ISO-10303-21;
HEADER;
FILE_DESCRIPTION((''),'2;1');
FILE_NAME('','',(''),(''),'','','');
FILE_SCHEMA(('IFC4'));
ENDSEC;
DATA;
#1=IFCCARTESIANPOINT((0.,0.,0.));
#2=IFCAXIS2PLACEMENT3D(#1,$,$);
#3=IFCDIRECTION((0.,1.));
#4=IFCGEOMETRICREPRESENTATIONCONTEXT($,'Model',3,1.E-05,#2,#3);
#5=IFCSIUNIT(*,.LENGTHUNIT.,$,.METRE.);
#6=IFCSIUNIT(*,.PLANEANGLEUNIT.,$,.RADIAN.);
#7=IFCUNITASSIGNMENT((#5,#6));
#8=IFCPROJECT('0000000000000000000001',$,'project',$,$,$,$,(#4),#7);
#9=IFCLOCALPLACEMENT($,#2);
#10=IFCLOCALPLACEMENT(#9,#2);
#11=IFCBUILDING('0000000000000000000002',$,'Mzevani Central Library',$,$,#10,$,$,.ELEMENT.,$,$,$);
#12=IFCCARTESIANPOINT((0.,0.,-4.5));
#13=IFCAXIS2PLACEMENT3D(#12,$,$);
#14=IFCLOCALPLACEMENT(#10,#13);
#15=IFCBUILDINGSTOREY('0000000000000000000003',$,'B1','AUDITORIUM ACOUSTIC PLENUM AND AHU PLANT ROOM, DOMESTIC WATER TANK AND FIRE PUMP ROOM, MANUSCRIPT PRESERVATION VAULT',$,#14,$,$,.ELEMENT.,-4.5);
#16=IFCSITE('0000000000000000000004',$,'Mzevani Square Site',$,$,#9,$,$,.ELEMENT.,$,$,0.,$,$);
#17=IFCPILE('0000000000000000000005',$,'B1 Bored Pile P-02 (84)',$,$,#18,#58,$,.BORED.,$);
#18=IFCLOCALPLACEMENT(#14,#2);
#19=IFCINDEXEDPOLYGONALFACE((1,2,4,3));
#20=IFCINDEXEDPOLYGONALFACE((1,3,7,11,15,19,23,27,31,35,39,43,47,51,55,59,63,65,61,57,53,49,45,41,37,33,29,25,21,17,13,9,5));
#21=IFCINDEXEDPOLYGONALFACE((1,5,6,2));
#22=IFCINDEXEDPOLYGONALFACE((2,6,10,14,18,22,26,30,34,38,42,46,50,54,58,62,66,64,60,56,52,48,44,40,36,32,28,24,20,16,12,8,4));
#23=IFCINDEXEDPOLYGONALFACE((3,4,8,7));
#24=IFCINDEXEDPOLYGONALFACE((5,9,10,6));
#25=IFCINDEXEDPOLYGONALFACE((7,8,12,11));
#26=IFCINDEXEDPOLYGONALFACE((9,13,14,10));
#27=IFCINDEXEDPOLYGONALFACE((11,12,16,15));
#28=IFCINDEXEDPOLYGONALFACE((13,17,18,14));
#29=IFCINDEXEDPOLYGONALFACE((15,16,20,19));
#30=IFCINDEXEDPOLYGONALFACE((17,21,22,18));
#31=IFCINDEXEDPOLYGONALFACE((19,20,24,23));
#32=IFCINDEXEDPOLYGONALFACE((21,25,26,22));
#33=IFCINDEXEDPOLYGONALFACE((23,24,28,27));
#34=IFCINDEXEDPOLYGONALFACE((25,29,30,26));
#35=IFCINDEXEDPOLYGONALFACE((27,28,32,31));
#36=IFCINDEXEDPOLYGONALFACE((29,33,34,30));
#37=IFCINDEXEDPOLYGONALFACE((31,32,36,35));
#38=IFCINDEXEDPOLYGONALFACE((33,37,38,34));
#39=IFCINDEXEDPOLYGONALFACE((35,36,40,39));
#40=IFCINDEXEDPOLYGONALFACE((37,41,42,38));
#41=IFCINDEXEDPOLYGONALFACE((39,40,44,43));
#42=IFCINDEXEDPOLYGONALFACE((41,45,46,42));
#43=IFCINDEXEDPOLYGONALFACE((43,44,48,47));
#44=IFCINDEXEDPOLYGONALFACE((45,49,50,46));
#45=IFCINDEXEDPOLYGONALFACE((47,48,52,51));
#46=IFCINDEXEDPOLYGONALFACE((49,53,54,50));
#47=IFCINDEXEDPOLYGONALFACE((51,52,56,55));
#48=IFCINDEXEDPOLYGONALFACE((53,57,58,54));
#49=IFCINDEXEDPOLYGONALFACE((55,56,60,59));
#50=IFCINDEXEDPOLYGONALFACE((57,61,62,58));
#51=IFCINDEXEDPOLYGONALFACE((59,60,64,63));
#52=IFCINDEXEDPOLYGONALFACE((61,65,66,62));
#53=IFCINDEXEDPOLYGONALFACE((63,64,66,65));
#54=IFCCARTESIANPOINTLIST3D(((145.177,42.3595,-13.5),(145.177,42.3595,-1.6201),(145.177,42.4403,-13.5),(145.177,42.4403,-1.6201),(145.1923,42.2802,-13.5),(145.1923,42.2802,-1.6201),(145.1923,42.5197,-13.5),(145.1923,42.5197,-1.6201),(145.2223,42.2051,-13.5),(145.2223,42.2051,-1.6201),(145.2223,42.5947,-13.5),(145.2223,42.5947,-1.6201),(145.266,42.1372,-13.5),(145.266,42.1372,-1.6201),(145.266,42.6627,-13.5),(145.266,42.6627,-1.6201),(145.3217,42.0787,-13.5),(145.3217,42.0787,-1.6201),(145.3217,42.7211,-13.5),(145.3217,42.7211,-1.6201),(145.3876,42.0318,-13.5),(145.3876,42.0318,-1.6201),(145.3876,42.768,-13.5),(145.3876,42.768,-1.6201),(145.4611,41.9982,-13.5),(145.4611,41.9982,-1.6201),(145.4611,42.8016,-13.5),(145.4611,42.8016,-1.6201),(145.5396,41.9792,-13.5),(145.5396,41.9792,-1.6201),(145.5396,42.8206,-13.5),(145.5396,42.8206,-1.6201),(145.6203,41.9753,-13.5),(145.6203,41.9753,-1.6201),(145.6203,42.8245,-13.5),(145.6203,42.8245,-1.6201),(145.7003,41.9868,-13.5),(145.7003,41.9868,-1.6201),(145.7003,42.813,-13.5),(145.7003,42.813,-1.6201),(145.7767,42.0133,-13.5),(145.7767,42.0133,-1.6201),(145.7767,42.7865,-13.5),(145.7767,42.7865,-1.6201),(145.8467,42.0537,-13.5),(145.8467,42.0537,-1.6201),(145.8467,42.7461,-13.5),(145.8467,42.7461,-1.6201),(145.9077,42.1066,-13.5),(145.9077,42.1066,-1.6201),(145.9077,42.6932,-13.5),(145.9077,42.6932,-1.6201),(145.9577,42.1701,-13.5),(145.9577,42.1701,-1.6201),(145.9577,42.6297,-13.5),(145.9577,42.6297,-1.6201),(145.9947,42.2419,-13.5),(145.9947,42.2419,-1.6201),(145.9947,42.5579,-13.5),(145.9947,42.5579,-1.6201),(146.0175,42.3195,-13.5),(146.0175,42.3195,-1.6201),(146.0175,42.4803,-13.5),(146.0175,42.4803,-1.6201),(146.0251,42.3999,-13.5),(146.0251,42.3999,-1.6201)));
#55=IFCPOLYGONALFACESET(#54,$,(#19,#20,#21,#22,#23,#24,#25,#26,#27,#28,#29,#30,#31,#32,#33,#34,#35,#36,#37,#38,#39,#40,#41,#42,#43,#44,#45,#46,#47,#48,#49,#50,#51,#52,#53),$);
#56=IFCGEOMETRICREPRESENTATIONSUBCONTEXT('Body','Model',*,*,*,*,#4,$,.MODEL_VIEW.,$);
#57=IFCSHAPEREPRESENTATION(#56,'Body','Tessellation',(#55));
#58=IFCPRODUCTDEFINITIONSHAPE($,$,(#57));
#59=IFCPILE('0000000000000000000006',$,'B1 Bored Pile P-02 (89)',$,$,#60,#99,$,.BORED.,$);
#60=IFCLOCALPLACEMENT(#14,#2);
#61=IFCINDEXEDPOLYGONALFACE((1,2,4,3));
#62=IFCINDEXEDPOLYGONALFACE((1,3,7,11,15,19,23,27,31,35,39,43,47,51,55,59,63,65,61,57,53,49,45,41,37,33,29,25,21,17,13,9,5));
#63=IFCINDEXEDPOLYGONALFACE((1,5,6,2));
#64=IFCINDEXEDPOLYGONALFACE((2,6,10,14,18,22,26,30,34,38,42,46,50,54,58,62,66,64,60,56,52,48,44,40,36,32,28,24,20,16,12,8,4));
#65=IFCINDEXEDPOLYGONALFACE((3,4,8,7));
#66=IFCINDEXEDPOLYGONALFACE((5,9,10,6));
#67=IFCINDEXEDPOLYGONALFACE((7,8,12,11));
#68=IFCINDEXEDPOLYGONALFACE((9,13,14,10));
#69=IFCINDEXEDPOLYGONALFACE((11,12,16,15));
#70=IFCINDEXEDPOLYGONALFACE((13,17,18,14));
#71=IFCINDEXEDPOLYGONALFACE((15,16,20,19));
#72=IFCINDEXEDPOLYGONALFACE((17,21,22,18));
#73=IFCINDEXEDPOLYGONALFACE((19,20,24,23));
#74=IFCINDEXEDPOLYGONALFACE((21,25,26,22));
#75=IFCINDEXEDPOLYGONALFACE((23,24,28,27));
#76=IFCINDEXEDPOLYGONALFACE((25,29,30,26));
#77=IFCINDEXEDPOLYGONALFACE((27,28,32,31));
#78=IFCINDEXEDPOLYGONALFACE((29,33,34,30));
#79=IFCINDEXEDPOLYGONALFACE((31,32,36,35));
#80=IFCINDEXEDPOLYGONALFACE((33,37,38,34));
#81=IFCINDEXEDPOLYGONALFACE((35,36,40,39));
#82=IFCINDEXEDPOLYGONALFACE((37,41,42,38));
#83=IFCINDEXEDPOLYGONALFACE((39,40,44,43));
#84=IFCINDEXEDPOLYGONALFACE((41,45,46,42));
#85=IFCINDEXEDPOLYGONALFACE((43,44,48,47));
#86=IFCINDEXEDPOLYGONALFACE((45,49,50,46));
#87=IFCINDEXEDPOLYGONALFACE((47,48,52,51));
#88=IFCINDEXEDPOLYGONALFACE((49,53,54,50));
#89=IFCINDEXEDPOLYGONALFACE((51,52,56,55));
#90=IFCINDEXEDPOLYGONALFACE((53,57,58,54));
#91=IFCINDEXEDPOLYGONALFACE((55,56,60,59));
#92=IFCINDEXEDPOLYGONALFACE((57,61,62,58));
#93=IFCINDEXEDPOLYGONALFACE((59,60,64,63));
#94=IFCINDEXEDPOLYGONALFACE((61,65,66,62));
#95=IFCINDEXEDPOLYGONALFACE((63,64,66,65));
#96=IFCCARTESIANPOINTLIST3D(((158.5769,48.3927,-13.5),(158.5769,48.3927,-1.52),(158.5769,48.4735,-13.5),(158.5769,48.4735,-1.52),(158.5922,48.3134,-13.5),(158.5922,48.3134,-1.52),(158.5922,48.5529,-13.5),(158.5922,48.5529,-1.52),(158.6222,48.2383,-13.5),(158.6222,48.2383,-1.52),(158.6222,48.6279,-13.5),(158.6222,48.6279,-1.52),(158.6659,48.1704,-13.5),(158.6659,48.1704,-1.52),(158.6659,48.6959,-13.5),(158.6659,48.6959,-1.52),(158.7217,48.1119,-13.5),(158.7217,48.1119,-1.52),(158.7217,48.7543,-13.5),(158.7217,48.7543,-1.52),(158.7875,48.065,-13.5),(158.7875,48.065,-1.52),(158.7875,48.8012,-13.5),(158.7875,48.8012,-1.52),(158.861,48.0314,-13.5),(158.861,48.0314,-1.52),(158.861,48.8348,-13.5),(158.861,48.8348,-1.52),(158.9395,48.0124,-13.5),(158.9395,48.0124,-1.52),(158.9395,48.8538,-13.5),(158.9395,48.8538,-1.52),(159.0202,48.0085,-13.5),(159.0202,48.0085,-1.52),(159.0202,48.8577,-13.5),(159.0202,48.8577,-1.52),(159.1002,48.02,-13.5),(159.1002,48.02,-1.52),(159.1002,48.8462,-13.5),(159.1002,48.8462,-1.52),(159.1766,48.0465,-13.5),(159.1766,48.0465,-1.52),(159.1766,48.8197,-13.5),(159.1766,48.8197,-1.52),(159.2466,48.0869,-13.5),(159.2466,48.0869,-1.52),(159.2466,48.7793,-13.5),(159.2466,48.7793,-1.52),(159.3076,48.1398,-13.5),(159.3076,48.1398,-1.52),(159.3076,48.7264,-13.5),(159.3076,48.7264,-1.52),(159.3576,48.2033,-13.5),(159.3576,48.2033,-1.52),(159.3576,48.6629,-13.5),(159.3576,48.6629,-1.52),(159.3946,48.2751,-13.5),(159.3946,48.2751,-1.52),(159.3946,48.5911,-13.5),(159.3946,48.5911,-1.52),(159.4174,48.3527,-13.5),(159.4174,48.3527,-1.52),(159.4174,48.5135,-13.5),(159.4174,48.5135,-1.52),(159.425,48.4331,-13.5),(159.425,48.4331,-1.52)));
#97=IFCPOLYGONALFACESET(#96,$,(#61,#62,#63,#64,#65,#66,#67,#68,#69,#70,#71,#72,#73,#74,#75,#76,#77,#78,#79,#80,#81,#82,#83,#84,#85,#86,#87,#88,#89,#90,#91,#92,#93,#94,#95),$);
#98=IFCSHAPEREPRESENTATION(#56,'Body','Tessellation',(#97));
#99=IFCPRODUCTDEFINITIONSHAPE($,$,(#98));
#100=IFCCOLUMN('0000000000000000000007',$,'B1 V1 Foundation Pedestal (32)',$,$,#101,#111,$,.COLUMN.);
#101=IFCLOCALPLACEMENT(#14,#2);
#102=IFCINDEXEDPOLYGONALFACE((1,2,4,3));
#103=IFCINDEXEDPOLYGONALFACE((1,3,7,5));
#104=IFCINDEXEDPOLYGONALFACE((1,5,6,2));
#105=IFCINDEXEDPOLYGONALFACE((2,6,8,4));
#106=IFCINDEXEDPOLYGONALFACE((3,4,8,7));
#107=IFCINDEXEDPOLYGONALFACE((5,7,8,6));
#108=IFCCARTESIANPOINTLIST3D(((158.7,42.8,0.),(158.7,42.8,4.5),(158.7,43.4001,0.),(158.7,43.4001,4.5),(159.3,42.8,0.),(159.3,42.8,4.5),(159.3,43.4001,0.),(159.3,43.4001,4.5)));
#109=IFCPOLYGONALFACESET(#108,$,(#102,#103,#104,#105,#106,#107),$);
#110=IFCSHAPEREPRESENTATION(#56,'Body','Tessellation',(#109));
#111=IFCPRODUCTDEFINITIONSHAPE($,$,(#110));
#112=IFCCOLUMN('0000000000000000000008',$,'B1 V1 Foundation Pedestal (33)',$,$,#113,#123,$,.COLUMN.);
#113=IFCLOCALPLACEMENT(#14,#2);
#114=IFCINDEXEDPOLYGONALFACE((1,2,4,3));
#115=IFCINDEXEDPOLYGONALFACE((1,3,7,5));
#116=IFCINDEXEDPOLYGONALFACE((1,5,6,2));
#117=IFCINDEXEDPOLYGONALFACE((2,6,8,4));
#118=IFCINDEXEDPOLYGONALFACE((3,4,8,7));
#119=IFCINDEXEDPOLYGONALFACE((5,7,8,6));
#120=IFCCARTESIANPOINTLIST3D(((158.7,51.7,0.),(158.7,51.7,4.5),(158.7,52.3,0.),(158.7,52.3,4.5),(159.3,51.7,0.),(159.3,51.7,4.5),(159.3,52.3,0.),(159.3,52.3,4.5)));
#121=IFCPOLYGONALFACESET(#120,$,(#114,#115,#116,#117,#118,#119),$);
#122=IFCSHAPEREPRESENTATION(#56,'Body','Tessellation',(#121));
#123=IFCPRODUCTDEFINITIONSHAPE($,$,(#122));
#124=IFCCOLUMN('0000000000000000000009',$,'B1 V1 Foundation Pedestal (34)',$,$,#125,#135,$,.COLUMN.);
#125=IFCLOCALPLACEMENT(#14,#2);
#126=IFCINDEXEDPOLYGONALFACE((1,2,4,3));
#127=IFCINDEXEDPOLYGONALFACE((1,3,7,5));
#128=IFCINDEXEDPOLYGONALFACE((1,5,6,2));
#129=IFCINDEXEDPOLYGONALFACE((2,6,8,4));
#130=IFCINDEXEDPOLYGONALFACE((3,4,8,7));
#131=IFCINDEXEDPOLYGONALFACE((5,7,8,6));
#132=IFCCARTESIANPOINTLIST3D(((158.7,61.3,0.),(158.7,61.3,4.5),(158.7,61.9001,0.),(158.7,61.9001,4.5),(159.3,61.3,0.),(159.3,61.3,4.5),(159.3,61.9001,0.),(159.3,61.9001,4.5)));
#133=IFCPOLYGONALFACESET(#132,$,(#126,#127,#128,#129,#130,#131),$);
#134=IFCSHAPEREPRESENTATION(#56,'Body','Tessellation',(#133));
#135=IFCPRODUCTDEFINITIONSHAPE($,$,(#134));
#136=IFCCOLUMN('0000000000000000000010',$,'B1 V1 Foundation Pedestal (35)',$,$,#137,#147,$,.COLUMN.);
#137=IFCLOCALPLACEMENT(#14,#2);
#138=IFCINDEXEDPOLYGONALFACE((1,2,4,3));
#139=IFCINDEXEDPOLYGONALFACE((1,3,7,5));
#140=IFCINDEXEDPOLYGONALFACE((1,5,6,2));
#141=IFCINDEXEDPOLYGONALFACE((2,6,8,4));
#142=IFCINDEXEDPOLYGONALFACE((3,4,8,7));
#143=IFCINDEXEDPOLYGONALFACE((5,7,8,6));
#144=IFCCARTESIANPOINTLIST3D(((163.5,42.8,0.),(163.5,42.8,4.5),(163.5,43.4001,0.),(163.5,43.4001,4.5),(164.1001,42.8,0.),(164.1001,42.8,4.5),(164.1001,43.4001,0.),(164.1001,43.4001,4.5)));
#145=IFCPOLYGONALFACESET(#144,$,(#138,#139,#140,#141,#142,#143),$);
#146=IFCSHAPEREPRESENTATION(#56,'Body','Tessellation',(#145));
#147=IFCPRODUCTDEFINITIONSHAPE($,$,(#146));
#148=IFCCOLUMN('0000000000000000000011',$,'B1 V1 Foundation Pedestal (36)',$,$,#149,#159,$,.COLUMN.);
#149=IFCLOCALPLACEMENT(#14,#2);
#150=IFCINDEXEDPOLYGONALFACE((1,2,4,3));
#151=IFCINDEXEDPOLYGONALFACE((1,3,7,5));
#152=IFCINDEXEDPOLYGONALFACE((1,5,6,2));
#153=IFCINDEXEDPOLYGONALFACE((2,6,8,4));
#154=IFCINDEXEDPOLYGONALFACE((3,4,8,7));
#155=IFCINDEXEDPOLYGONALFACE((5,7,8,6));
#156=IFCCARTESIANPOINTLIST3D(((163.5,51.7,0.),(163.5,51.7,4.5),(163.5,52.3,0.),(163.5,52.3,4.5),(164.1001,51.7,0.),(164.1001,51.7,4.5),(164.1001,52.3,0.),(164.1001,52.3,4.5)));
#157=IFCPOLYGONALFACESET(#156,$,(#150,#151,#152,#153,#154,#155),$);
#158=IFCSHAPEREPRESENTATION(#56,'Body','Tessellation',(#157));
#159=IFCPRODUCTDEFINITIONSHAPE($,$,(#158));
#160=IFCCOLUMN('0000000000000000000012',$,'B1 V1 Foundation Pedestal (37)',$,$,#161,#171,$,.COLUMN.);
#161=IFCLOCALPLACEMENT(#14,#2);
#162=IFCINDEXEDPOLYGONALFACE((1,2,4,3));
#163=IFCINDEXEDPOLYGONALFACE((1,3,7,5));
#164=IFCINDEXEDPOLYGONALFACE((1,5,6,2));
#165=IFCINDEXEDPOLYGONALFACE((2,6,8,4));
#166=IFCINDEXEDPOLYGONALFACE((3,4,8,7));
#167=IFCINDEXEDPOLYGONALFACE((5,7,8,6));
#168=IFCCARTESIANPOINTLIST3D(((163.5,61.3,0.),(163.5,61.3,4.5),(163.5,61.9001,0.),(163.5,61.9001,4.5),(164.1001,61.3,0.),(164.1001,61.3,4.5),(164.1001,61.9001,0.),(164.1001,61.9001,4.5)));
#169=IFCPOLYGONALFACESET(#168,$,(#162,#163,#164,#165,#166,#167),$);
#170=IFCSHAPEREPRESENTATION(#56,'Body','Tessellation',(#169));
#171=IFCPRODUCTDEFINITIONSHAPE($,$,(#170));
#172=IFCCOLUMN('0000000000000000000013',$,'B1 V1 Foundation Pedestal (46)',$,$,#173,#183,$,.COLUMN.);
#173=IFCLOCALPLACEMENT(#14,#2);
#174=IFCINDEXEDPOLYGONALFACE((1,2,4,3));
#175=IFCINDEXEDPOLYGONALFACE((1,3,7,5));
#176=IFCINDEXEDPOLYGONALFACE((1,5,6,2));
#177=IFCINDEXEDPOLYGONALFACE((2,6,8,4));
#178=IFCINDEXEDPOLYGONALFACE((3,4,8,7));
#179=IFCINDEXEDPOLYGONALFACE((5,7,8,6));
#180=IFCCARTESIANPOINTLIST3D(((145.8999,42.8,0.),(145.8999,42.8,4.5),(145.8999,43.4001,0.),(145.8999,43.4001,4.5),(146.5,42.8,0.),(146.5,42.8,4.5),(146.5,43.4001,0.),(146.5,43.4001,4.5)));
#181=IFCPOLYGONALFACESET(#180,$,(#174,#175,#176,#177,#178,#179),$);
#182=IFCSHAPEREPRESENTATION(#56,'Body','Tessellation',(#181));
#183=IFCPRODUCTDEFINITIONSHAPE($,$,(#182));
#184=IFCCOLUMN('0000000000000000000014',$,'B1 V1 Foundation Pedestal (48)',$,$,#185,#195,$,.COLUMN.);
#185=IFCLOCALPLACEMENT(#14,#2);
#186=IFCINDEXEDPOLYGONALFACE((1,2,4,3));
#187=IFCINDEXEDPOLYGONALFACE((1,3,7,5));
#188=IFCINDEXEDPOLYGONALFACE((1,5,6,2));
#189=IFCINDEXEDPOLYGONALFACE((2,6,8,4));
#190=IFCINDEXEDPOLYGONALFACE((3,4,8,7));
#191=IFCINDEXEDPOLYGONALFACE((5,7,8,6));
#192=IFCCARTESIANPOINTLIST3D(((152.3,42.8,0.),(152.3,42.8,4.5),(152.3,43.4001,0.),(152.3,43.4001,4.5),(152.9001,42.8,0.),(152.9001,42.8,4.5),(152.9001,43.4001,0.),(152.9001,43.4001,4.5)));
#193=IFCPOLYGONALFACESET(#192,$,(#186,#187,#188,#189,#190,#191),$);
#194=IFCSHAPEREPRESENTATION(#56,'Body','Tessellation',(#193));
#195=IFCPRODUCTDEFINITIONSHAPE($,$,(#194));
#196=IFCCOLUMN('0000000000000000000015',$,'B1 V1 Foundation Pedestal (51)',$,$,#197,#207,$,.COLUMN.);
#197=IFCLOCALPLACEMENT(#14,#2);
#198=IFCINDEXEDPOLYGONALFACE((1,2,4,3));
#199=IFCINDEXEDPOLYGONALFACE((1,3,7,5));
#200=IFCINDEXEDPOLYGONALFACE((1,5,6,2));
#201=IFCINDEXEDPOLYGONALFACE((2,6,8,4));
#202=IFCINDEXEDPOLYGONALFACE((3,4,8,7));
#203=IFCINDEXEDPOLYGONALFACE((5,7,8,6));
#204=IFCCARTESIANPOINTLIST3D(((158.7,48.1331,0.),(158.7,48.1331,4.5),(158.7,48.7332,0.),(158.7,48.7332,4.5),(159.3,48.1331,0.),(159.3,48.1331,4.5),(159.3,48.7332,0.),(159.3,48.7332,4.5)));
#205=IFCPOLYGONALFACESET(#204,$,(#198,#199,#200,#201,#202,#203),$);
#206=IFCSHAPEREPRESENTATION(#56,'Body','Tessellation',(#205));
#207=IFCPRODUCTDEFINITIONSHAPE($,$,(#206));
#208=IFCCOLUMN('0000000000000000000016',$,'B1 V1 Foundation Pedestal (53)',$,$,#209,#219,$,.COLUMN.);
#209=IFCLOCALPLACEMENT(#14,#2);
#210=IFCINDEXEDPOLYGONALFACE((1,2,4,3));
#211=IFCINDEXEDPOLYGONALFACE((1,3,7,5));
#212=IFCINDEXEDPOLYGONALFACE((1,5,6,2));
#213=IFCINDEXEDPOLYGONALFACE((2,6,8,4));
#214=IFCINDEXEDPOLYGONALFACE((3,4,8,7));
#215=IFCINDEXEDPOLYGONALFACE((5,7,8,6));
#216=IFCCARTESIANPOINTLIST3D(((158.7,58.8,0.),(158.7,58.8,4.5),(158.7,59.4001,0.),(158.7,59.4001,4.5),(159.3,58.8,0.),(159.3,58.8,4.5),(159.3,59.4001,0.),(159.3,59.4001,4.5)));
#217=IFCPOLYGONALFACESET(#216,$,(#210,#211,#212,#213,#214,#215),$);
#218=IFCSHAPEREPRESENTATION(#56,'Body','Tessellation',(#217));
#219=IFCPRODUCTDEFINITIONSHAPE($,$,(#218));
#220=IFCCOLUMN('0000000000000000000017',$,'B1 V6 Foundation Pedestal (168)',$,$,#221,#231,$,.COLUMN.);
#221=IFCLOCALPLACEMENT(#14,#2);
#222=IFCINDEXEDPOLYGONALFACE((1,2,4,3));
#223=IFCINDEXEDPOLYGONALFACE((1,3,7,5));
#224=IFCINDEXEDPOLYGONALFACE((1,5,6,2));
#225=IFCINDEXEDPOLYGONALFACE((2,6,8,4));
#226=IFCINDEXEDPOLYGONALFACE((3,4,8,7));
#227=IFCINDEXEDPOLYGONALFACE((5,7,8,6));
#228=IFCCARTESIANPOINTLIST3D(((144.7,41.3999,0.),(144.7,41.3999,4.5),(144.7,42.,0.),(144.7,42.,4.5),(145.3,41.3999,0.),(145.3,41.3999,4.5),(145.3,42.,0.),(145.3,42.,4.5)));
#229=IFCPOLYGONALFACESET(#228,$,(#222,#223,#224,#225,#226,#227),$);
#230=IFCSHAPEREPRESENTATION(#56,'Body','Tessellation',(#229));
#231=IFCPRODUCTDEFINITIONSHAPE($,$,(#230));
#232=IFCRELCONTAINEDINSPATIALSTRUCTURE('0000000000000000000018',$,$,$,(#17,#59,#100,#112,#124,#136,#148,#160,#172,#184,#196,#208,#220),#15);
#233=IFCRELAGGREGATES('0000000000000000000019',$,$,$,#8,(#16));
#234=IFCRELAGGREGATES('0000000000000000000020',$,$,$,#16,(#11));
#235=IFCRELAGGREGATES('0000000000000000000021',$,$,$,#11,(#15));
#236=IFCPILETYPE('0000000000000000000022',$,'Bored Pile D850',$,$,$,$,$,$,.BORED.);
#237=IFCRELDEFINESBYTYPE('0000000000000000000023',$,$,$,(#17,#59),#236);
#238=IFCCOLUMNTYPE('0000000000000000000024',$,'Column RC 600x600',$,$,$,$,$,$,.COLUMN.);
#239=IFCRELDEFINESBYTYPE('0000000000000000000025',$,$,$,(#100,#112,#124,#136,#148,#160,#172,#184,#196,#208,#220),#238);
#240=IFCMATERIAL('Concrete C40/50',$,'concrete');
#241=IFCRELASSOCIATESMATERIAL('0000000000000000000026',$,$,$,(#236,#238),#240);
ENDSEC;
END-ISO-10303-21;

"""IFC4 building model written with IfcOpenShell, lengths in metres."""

from ifc_helpers import new_model, si_unit, direction, frame, origin, origin_2d, place, context, subcontext, project, spatial, rectangle, circle, extrude, material, material_profile, profile_set, type_object, element, save


model = new_model("IFC4")

# Units and contexts
model_context = context("Model", 3, precision=1e-05, world=origin(), true_north=direction((0.0, 1.0)))
body_context = subcontext(model_context, "Body", "Model", "MODEL_VIEW")
ifc_project = project(units=[si_unit("LENGTHUNIT", "METRE"), si_unit("PLANEANGLEUNIT", "RADIAN")], contexts=[model_context])

# Site, building, storey
site_placement = place(None, origin())
site = spatial("IfcSite", under=ifc_project, at=site_placement, Name="Mzevani Square Site", CompositionType="ELEMENT", RefElevation=0.0)
building_placement = place(site_placement, origin())
building = spatial("IfcBuilding", under=site, at=building_placement, Name="Mzevani Central Library", CompositionType="ELEMENT")
storey_placement = place(building_placement, frame((0.0, 0.0, -4.5)))
storey = spatial("IfcBuildingStorey", under=building, at=storey_placement, Name="B1", Description="AUDITORIUM ACOUSTIC PLENUM AND AHU PLANT ROOM, DOMESTIC WATER TANK AND FIRE PUMP ROOM, MANUSCRIPT PRESERVATION VAULT", CompositionType="ELEMENT", Elevation=-4.5)

# Piles
ifc_material_1 = material(Name="Concrete C40/50", Category="concrete")
ifc_material_profile_1 = material_profile(ifc_material_1, circle(Radius=0.425, at=origin_2d()), Name="PILE D850")
ifc_profile_set_1 = profile_set([ifc_material_profile_1], Name="Concrete C40/50")
pile_type_1 = type_object("IfcPileType", Name="Bored Pile D850", PredefinedType="BORED", material=ifc_profile_set_1)
pile_1_placement = place(storey_placement, frame((145.6001, 42.3999, -1.6201), z_axis=(0.0, 0.0, -1.0), x_axis=(1.0, 0.0, 0.0)))
element("IfcPile", 1, at=pile_1_placement, inside=storey, type_object=pile_type_1, Name="B1 Bored Pile P-02 (84)", PredefinedType="BORED", context=body_context, shape_type="SweptSolid", body=[
    extrude(circle(Radius=0.425, at=origin_2d()), origin(), (0.0, 0.0, 1.0), 11.8799),
])
pile_2_placement = place(storey_placement, frame((159.0, 48.4331, -1.52), z_axis=(0.0, 0.0, -1.0), x_axis=(1.0, 0.0, 0.0)))
element("IfcPile", 2, at=pile_2_placement, inside=storey, type_object=pile_type_1, Name="B1 Bored Pile P-02 (89)", PredefinedType="BORED", context=body_context, shape_type="SweptSolid", body=[
    extrude(circle(Radius=0.425, at=origin_2d()), origin(), (0.0, 0.0, 1.0), 11.98),
])

# Columns
ifc_material_profile_2 = material_profile(ifc_material_1, rectangle(XDim=0.6001, YDim=0.6001, at=origin_2d()), Name="RC 600x600")
ifc_profile_set_2 = profile_set([ifc_material_profile_2], Name="Concrete C40/50")
column_type = type_object("IfcColumnType", Name="Column RC 600x600", PredefinedType="COLUMN", material=ifc_profile_set_2)
for number, where, z_axis, x_axis, name in (
    (3, (159.0, 43.1001, 0.0), (0.0, 0.0, 1.0), (1.0, 0.0, 0.0), "B1 V1 Foundation Pedestal (32)"),
    (4, (159.0, 52.0, 0.0), (0.0, 0.0, 1.0), (1.0, 0.0, 0.0), "B1 V1 Foundation Pedestal (33)"),
    (5, (159.0, 61.6001, 0.0), (0.0, 0.0, 1.0), (1.0, 0.0, 0.0), "B1 V1 Foundation Pedestal (34)"),
    (6, (163.8, 43.1001, 0.0), (0.0, 0.0, 1.0), (1.0, 0.0, 0.0), "B1 V1 Foundation Pedestal (35)"),
    (7, (163.8, 52.0, 0.0), (0.0, 0.0, 1.0), (1.0, 0.0, 0.0), "B1 V1 Foundation Pedestal (36)"),
    (8, (163.8, 61.6001, 0.0), (0.0, 0.0, 1.0), (1.0, 0.0, 0.0), "B1 V1 Foundation Pedestal (37)"),
    (9, (146.2, 43.1001, 0.0), (0.0, 0.0, 1.0), (1.0, 0.0, 0.0), "B1 V1 Foundation Pedestal (46)"),
    (10, (152.6001, 43.1001, 0.0), (0.0, 0.0, 1.0), (1.0, 0.0, 0.0), "B1 V1 Foundation Pedestal (48)"),
    (11, (159.0, 48.4331, 0.0), (0.0, 0.0, 1.0), (1.0, 0.0, 0.0), "B1 V1 Foundation Pedestal (51)"),
    (12, (159.0, 59.1001, 0.0), (0.0, 0.0, 1.0), (1.0, 0.0, 0.0), "B1 V1 Foundation Pedestal (53)"),
    (13, (145.0, 41.7, 0.0), (0.0, 0.0, 1.0), (1.0, 0.0, 0.0), "B1 V6 Foundation Pedestal (168)"),
):
    element("IfcColumn", number, at=place(storey_placement, frame(where, z_axis=z_axis, x_axis=x_axis)), inside=storey, type_object=column_type, Name=name, PredefinedType="COLUMN", context=body_context, shape_type="SweptSolid", body=[
        extrude(rectangle(XDim=0.6001, YDim=0.6001, at=origin_2d()), origin(), (0.0, 0.0, 1.0), 4.5),
    ])

save(model, "model.ifc")
